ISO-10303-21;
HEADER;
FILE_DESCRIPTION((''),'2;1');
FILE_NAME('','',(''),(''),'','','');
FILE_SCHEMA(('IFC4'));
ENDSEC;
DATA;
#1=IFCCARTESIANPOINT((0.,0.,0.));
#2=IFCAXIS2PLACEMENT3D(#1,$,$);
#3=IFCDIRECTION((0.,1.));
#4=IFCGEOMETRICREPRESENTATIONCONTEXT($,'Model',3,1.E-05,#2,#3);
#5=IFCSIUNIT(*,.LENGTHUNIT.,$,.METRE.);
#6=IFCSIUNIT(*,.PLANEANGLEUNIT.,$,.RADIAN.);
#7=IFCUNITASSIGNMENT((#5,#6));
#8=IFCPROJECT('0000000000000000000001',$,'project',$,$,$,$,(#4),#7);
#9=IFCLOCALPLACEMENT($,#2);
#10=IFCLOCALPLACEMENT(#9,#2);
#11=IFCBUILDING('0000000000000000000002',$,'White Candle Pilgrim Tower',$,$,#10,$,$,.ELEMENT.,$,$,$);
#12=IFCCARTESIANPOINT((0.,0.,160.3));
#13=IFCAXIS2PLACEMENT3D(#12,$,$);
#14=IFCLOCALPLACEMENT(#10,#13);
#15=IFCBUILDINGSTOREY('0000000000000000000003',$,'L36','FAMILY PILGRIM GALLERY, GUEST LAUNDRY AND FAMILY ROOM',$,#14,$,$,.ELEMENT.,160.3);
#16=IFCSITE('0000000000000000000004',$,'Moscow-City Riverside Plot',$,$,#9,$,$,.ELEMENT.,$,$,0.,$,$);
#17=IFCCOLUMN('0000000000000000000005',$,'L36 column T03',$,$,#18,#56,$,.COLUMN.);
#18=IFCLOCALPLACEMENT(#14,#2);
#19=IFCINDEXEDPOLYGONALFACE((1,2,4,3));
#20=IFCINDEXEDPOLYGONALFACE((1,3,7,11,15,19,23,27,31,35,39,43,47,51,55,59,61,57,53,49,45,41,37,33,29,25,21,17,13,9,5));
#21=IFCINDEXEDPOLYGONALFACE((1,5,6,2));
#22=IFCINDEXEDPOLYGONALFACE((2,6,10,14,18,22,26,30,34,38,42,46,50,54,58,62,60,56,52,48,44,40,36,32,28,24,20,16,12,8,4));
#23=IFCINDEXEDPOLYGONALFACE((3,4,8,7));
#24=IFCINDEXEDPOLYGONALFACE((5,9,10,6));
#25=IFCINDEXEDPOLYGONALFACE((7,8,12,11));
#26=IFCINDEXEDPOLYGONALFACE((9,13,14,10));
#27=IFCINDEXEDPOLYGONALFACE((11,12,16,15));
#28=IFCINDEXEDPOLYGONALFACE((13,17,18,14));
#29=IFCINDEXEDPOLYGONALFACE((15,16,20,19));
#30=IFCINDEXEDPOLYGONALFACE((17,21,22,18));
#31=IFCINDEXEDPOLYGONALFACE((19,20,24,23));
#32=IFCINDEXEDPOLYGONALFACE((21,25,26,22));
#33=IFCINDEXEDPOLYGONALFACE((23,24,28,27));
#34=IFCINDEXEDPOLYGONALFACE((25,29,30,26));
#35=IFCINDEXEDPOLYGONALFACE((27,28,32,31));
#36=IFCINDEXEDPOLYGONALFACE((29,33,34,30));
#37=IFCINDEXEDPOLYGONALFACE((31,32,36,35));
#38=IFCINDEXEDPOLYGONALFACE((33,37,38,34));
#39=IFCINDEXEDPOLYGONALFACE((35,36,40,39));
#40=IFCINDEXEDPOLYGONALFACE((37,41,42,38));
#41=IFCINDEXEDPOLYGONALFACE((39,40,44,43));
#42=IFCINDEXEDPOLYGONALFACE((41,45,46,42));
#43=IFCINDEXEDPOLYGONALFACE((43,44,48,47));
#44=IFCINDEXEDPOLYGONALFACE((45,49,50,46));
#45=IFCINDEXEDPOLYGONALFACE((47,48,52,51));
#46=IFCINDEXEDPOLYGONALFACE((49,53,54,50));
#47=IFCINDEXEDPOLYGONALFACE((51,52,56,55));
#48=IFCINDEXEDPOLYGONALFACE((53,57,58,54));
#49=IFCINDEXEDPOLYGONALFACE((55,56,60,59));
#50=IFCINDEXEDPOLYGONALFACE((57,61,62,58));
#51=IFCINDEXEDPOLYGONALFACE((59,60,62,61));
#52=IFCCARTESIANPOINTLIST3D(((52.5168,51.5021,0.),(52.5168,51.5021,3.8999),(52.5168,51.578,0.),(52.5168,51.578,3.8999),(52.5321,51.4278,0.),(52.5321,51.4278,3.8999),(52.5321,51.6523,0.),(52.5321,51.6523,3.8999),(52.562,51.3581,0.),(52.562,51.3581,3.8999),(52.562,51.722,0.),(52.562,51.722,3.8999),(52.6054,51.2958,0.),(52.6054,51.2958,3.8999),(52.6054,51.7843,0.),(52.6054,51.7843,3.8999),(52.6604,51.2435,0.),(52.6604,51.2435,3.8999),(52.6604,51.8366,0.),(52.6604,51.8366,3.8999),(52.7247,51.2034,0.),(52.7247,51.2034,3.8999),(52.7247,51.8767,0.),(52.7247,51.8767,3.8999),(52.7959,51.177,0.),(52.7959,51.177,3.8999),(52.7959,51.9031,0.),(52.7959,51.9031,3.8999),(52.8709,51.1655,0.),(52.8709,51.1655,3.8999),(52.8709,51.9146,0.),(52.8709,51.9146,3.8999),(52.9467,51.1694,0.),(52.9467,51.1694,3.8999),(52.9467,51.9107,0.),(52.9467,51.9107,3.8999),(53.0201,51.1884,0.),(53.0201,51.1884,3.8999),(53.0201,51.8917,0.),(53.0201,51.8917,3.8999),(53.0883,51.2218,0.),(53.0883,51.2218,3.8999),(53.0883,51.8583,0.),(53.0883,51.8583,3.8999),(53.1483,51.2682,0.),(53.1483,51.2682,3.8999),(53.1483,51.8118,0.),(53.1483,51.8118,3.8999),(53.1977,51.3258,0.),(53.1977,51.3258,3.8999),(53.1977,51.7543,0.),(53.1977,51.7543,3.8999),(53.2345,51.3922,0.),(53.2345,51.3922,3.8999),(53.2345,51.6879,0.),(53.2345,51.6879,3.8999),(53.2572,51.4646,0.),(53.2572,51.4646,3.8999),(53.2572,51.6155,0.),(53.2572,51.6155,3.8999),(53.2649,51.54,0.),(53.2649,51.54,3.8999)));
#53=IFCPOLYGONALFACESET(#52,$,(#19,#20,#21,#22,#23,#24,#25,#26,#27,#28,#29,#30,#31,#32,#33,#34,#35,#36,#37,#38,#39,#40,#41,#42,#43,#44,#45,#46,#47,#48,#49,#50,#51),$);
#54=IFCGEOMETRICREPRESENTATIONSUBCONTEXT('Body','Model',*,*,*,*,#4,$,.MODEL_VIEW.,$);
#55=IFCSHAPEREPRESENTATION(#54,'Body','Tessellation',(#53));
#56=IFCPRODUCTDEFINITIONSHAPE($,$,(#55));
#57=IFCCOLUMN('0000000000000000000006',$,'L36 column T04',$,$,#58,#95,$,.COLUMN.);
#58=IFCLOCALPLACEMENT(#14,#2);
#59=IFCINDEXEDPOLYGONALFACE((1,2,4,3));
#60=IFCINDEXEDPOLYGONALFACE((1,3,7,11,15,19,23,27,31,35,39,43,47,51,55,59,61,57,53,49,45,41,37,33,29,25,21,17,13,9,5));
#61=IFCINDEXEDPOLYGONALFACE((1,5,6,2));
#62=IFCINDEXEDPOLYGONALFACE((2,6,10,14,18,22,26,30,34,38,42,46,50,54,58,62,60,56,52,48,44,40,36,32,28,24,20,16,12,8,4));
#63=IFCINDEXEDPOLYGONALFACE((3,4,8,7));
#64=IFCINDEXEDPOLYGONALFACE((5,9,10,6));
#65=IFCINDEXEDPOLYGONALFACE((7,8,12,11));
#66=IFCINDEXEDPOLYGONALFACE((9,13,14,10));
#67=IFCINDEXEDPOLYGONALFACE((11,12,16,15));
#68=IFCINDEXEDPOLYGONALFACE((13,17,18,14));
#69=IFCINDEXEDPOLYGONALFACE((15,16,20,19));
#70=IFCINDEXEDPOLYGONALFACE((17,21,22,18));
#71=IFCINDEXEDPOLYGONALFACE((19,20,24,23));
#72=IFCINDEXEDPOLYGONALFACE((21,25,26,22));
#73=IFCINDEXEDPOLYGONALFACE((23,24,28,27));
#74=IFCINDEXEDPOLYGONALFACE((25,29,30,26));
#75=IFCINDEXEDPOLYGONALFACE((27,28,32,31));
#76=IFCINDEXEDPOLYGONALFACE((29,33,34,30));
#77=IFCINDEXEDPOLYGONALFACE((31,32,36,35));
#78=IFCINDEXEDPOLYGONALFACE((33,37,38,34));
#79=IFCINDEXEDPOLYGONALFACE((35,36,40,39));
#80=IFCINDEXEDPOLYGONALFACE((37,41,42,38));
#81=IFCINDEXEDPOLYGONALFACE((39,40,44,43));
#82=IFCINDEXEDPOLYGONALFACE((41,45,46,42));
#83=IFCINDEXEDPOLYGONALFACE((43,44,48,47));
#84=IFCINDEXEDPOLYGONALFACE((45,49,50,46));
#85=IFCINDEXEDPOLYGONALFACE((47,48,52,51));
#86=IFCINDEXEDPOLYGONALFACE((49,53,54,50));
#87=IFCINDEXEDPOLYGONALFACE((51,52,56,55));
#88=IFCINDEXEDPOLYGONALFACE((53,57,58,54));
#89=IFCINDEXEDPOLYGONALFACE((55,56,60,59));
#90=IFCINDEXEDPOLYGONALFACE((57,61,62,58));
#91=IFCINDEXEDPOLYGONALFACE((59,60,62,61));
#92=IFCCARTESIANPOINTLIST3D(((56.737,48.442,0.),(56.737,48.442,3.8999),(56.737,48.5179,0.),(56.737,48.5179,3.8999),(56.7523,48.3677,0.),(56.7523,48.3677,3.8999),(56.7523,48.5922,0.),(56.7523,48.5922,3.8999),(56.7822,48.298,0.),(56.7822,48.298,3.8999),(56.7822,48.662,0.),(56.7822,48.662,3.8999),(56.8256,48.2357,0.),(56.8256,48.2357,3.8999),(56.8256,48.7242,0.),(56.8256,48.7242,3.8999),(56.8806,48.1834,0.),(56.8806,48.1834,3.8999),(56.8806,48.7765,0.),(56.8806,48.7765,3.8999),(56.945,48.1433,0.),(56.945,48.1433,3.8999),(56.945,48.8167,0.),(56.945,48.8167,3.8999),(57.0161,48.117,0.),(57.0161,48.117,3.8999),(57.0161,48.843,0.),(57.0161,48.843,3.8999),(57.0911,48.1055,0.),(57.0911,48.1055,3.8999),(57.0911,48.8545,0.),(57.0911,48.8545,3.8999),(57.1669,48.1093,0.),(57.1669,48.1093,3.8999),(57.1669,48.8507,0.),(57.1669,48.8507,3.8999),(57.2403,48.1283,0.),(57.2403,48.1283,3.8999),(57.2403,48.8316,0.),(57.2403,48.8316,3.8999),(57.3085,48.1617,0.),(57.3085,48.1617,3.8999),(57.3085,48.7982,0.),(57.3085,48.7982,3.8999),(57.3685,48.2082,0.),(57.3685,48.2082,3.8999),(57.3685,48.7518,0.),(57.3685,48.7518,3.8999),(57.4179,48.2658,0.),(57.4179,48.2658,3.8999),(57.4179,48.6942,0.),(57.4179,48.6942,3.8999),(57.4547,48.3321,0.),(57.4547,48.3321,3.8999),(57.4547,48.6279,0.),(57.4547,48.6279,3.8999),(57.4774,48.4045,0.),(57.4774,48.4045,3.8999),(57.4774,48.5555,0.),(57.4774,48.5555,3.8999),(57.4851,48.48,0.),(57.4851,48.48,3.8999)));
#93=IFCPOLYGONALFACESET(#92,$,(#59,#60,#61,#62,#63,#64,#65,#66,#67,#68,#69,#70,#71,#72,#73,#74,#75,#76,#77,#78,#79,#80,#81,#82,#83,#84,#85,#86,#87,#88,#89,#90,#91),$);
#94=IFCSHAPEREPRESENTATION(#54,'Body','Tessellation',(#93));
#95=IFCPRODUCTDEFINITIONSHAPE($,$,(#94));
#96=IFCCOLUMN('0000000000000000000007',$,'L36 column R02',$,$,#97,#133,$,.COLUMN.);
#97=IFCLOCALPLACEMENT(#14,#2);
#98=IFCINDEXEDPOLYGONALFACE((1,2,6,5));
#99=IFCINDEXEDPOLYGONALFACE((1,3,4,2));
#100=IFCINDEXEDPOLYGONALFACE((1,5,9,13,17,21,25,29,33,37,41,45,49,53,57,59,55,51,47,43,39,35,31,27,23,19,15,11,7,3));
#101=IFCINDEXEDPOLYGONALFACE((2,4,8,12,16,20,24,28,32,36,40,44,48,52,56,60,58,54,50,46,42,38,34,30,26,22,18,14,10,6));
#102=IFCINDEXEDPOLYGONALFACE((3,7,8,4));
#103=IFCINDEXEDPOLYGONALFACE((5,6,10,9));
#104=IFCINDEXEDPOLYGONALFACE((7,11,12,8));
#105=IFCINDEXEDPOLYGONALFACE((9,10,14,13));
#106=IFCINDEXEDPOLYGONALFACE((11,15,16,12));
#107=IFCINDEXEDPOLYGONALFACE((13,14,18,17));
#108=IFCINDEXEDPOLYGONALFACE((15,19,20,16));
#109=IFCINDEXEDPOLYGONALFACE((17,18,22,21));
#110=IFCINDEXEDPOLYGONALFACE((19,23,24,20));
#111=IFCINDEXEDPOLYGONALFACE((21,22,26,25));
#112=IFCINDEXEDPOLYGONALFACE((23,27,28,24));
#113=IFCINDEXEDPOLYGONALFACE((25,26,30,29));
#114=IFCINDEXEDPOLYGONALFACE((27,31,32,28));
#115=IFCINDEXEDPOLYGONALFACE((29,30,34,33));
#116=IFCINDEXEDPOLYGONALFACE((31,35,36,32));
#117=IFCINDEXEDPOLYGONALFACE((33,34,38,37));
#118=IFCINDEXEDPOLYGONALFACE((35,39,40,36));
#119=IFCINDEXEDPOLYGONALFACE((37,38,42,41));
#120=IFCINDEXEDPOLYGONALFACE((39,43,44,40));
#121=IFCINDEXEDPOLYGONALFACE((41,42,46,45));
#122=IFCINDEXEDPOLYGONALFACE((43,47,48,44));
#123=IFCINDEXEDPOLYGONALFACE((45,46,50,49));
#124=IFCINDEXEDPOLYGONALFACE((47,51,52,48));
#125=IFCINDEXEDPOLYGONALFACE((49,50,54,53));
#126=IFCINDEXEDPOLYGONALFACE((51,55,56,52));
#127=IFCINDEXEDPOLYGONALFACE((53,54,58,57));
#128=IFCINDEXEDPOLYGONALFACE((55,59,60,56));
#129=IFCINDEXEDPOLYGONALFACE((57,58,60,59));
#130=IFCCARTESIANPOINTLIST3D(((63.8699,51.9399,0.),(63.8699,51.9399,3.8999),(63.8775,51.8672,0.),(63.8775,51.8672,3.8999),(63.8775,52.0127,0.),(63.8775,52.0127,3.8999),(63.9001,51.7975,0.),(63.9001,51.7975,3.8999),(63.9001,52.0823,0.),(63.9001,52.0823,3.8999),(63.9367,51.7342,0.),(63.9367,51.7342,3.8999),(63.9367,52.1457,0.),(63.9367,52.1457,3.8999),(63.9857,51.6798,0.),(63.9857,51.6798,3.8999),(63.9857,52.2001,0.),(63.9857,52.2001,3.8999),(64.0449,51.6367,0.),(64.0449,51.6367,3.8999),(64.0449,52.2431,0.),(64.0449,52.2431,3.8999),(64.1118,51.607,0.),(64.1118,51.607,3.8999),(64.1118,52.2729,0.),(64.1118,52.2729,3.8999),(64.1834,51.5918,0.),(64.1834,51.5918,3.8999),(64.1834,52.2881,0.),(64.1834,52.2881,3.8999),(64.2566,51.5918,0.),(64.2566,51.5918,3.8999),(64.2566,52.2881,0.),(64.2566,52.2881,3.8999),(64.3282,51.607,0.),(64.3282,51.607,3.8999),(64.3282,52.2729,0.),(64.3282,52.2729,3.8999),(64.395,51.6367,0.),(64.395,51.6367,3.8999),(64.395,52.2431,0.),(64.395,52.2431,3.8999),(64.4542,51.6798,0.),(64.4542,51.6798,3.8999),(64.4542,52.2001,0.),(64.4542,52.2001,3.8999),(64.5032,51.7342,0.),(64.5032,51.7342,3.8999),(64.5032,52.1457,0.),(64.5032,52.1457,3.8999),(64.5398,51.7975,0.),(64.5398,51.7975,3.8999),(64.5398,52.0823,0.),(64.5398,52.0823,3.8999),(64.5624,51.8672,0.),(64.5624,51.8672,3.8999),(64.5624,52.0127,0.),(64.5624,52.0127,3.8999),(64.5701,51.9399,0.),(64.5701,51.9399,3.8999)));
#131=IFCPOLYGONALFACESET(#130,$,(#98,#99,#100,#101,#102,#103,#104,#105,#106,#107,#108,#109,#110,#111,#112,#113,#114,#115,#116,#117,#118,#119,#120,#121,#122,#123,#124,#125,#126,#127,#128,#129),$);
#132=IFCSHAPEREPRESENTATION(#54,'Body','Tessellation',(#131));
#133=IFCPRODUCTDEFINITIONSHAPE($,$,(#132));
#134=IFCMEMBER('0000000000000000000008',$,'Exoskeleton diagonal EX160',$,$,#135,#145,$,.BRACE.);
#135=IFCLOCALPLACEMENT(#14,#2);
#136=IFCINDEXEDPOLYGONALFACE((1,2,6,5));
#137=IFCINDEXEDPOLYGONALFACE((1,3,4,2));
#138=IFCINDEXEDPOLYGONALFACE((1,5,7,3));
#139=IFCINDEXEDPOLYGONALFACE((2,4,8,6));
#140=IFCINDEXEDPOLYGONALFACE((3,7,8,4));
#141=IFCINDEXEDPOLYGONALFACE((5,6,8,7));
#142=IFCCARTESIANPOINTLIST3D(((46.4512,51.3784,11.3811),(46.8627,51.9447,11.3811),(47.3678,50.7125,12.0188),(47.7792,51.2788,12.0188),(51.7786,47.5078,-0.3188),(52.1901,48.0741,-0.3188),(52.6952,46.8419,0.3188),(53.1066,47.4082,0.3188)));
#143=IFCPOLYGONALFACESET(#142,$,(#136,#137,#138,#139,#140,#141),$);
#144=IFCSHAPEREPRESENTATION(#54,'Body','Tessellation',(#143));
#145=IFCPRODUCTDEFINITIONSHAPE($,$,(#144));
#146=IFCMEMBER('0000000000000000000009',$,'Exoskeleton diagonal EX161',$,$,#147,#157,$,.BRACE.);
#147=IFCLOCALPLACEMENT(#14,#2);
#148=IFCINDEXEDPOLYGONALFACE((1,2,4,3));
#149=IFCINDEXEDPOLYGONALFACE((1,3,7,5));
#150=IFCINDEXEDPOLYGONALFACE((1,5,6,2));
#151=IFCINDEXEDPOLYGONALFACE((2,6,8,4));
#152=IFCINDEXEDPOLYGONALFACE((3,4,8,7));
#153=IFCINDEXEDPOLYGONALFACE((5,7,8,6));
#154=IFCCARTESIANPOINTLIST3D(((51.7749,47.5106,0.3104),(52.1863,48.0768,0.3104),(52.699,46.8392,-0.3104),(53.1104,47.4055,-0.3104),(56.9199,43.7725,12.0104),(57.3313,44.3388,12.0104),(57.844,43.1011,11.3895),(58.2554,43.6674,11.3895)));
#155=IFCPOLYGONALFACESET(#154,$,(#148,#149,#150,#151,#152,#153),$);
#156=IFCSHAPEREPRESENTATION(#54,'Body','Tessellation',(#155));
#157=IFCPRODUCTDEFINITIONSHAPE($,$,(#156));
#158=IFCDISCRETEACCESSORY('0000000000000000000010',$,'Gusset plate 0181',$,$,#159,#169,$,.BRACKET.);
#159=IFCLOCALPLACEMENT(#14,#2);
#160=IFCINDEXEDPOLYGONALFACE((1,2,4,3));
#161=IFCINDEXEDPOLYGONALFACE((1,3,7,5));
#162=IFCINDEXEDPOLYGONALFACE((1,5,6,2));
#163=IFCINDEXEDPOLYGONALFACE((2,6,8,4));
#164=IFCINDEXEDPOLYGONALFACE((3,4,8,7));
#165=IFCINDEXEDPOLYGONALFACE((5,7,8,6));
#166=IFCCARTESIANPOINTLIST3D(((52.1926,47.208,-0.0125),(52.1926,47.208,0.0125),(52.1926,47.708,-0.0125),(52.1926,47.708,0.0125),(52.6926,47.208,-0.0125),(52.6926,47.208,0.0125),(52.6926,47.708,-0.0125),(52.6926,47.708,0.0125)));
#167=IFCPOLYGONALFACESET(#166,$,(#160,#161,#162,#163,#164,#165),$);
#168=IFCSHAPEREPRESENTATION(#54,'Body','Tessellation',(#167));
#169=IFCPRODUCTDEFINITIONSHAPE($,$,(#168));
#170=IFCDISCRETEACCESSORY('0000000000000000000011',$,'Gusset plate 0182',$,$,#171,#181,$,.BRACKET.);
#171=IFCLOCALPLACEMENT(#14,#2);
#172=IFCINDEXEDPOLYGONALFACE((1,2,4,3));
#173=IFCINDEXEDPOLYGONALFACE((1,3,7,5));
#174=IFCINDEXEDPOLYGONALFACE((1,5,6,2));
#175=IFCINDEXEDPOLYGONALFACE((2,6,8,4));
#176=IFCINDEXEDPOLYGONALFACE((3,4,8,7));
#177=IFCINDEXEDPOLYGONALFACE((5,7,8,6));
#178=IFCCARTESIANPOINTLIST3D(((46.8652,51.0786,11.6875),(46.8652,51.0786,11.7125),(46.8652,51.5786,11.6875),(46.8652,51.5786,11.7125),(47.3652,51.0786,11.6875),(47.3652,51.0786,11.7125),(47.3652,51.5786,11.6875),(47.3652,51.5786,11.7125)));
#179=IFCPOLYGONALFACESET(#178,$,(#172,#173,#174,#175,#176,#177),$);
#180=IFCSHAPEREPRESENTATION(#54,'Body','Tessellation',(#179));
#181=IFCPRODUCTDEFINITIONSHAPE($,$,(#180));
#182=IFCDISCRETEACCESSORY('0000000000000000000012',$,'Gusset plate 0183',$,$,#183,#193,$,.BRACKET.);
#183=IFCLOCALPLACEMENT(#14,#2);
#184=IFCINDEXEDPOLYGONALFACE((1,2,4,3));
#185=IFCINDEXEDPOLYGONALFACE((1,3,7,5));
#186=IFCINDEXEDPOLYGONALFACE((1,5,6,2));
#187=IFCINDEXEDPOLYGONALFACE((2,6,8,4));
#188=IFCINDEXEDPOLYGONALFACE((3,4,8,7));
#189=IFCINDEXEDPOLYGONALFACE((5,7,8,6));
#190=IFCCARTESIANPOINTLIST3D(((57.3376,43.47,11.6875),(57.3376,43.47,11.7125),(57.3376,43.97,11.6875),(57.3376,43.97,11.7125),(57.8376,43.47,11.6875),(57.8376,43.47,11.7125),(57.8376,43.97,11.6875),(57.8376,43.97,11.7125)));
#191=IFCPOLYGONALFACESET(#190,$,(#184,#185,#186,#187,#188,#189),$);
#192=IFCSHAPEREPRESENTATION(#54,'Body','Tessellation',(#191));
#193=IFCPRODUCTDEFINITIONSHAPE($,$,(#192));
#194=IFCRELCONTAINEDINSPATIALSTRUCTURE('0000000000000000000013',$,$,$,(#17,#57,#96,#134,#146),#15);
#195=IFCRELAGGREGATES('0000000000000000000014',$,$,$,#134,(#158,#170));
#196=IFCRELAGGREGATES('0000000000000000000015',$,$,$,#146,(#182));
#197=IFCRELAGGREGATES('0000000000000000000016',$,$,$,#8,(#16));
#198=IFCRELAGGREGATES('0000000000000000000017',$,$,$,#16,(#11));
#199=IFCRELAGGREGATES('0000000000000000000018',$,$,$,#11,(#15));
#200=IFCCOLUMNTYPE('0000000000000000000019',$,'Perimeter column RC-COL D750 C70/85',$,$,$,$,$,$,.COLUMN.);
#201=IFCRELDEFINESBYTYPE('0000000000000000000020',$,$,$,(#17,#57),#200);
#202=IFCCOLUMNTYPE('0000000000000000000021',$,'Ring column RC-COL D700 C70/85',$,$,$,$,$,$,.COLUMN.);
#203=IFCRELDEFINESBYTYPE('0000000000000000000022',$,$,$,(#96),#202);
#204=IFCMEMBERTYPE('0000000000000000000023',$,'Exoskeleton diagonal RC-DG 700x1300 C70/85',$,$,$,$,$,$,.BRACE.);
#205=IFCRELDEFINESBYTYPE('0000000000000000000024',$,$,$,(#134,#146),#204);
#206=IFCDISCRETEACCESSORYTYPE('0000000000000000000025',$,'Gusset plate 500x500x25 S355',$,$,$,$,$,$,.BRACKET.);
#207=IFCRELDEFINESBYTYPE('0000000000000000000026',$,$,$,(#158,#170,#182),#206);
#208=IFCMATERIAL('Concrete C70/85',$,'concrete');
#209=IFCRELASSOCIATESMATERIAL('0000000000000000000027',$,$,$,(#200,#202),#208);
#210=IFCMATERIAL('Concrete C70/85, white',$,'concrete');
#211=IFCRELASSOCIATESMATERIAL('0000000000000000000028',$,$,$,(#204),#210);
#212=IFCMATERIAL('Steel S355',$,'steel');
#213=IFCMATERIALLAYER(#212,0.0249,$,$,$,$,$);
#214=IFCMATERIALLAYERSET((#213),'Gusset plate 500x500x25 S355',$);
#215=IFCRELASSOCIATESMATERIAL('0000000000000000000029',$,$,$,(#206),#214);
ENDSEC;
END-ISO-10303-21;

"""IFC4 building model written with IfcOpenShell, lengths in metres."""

from ifc_helpers import new_model, si_unit, direction, frame, origin, origin_2d, place, context, subcontext, project, spatial, rectangle, circle, extrude, material, layer, layer_set, material_profile, profile_set, type_object, element, aggregate, save


model = new_model("IFC4")

# Units and contexts
model_context = context("Model", 3, precision=1e-05, world=origin(), true_north=direction((0.0, 1.0)))
body_context = subcontext(model_context, "Body", "Model", "MODEL_VIEW")
ifc_project = project(units=[si_unit("LENGTHUNIT", "METRE"), si_unit("PLANEANGLEUNIT", "RADIAN")], contexts=[model_context])

# Site, building, storey
site_placement = place(None, origin())
site = spatial("IfcSite", under=ifc_project, at=site_placement, Name="Moscow-City Riverside Plot", CompositionType="ELEMENT", RefElevation=0.0)
building_placement = place(site_placement, origin())
building = spatial("IfcBuilding", under=site, at=building_placement, Name="White Candle Pilgrim Tower", CompositionType="ELEMENT")
storey_placement = place(building_placement, frame((0.0, 0.0, 160.3)))
storey = spatial("IfcBuildingStorey", under=building, at=storey_placement, Name="L36", Description="FAMILY PILGRIM GALLERY, GUEST LAUNDRY AND FAMILY ROOM", CompositionType="ELEMENT", Elevation=160.3)

# Columns
ifc_material_1 = material(Name="Concrete C70/85", Category="concrete")
ifc_material_profile_1 = material_profile(ifc_material_1, circle(Radius=0.375, at=origin_2d()), Name="RC-COL D750")
ifc_profile_set_1 = profile_set([ifc_material_profile_1], Name="Concrete C70/85")
column_type_1 = type_object("IfcColumnType", Name="Perimeter column RC-COL D750 C70/85", PredefinedType="COLUMN", material=ifc_profile_set_1)
for number, where, z_axis, x_axis, name in (
    (1, (52.8899, 51.54, 0.0), (0.0, 0.0, 1.0), (1.0, 0.0, 0.0), "L36 column T03"),
    (2, (57.1101, 48.48, 0.0), (0.0, 0.0, 1.0), (1.0, 0.0, 0.0), "L36 column T04"),
):
    element("IfcColumn", number, at=place(storey_placement, frame(where, z_axis=z_axis, x_axis=x_axis)), inside=storey, type_object=column_type_1, Name=name, PredefinedType="COLUMN", context=body_context, shape_type="SweptSolid", body=[
        extrude(circle(Radius=0.375, at=origin_2d()), origin(), (0.0, 0.0, 1.0), 3.8999),
    ])
ifc_material_profile_2 = material_profile(ifc_material_1, circle(Radius=0.3501, at=origin_2d()), Name="RC-COL D700")
ifc_profile_set_2 = profile_set([ifc_material_profile_2], Name="Concrete C70/85")
column_type_2 = type_object("IfcColumnType", Name="Ring column RC-COL D700 C70/85", PredefinedType="COLUMN", material=ifc_profile_set_2)
column_placement = place(storey_placement, frame((64.22, 51.9399, 0.0), z_axis=(0.0, 0.0, 1.0), x_axis=(1.0, 0.0, 0.0)))
element("IfcColumn", 3, at=column_placement, inside=storey, type_object=column_type_2, Name="L36 column R02", PredefinedType="COLUMN", context=body_context, shape_type="SweptSolid", body=[
    extrude(circle(Radius=0.3501, at=origin_2d()), origin(), (0.0, 0.0, 1.0), 3.8999),
])

# Members
ifc_material_2 = material(Name="Concrete C70/85, white", Category="concrete")
ifc_material_profile_3 = material_profile(ifc_material_2, rectangle(XDim=0.7, YDim=1.3, at=origin_2d()), Name="RC-DG 700x1300")
ifc_profile_set_3 = profile_set([ifc_material_profile_3], Name="Concrete C70/85, white")
member_type_1 = type_object("IfcMemberType", Name="Exoskeleton diagonal RC-DG 700x1300 C70/85", PredefinedType="BRACE", material=ifc_profile_set_3)
member_1_placement = place(storey_placement, frame((52.4426, 47.458, 0.0), z_axis=(-0.396803, 0.288297, 0.871454), x_axis=(-0.587788, -0.809015, 0.0)))
member_1 = element("IfcMember", 4, at=member_1_placement, inside=storey, type_object=member_type_1, Name="Exoskeleton diagonal EX160", PredefinedType="BRACE", context=body_context, shape_type="SweptSolid", body=[
    extrude(rectangle(XDim=0.7, YDim=1.3, at=origin_2d()), origin(), (0.0, 0.0, 1.0), 13.4258),
])
member_2_placement = place(storey_placement, frame((52.4426, 47.458, 0.0), z_axis=(0.38636, -0.280704, 0.878596), x_axis=(0.587781, 0.80902, 0.0)))
member_2 = element("IfcMember", 5, at=member_2_placement, inside=storey, type_object=member_type_1, Name="Exoskeleton diagonal EX161", PredefinedType="BRACE", context=body_context, shape_type="SweptSolid", body=[
    extrude(rectangle(XDim=0.7, YDim=1.3, at=origin_2d()), origin(), (0.0, 0.0, 1.0), 13.3167),
])

# Discrete accessories
ifc_material_3 = material(Name="Steel S355", Category="steel")
ifc_layer_1 = layer(ifc_material_3, 0.0249)
ifc_layer_set_1 = layer_set([ifc_layer_1], Name="Gusset plate 500x500x25 S355")
discrete_accessory_type = type_object("IfcDiscreteAccessoryType", Name="Gusset plate 500x500x25 S355", PredefinedType="BRACKET", material=ifc_layer_set_1)
discrete_accessory_1_placement = place(storey_placement, frame((52.4426, 47.458, -0.0125), z_axis=(0.0, 0.0, 1.0), x_axis=(1.0, 0.0, 0.0)))
discrete_accessory_1 = element("IfcDiscreteAccessory", 6, at=discrete_accessory_1_placement, type_object=discrete_accessory_type, Name="Gusset plate 0181", PredefinedType="BRACKET", context=body_context, shape_type="SweptSolid", body=[
    extrude(rectangle(XDim=0.5, YDim=0.5, at=origin_2d()), origin(), (0.0, 0.0, 1.0), 0.0249),
])
placement = place(building_placement, frame((0.0, 0.0, 172.0)))
discrete_accessory_2_placement = place(placement, frame((47.1152, 51.3286, -0.0125), z_axis=(0.0, 0.0, 1.0), x_axis=(1.0, 0.0, 0.0)))
discrete_accessory_2 = element("IfcDiscreteAccessory", 7, at=discrete_accessory_2_placement, type_object=discrete_accessory_type, Name="Gusset plate 0182", PredefinedType="BRACKET", context=body_context, shape_type="SweptSolid", body=[
    extrude(rectangle(XDim=0.5, YDim=0.5, at=origin_2d()), origin(), (0.0, 0.0, 1.0), 0.0249),
])
aggregate(member_1, [discrete_accessory_1, discrete_accessory_2])
discrete_accessory_3_placement = place(placement, frame((57.5876, 43.72, -0.0125), z_axis=(0.0, 0.0, 1.0), x_axis=(1.0, 0.0, 0.0)))
discrete_accessory_3 = element("IfcDiscreteAccessory", 8, at=discrete_accessory_3_placement, type_object=discrete_accessory_type, Name="Gusset plate 0183", PredefinedType="BRACKET", context=body_context, shape_type="SweptSolid", body=[
    extrude(rectangle(XDim=0.5, YDim=0.5, at=origin_2d()), origin(), (0.0, 0.0, 1.0), 0.0249),
])
aggregate(member_2, [discrete_accessory_3])

save(model, "model.ifc")
